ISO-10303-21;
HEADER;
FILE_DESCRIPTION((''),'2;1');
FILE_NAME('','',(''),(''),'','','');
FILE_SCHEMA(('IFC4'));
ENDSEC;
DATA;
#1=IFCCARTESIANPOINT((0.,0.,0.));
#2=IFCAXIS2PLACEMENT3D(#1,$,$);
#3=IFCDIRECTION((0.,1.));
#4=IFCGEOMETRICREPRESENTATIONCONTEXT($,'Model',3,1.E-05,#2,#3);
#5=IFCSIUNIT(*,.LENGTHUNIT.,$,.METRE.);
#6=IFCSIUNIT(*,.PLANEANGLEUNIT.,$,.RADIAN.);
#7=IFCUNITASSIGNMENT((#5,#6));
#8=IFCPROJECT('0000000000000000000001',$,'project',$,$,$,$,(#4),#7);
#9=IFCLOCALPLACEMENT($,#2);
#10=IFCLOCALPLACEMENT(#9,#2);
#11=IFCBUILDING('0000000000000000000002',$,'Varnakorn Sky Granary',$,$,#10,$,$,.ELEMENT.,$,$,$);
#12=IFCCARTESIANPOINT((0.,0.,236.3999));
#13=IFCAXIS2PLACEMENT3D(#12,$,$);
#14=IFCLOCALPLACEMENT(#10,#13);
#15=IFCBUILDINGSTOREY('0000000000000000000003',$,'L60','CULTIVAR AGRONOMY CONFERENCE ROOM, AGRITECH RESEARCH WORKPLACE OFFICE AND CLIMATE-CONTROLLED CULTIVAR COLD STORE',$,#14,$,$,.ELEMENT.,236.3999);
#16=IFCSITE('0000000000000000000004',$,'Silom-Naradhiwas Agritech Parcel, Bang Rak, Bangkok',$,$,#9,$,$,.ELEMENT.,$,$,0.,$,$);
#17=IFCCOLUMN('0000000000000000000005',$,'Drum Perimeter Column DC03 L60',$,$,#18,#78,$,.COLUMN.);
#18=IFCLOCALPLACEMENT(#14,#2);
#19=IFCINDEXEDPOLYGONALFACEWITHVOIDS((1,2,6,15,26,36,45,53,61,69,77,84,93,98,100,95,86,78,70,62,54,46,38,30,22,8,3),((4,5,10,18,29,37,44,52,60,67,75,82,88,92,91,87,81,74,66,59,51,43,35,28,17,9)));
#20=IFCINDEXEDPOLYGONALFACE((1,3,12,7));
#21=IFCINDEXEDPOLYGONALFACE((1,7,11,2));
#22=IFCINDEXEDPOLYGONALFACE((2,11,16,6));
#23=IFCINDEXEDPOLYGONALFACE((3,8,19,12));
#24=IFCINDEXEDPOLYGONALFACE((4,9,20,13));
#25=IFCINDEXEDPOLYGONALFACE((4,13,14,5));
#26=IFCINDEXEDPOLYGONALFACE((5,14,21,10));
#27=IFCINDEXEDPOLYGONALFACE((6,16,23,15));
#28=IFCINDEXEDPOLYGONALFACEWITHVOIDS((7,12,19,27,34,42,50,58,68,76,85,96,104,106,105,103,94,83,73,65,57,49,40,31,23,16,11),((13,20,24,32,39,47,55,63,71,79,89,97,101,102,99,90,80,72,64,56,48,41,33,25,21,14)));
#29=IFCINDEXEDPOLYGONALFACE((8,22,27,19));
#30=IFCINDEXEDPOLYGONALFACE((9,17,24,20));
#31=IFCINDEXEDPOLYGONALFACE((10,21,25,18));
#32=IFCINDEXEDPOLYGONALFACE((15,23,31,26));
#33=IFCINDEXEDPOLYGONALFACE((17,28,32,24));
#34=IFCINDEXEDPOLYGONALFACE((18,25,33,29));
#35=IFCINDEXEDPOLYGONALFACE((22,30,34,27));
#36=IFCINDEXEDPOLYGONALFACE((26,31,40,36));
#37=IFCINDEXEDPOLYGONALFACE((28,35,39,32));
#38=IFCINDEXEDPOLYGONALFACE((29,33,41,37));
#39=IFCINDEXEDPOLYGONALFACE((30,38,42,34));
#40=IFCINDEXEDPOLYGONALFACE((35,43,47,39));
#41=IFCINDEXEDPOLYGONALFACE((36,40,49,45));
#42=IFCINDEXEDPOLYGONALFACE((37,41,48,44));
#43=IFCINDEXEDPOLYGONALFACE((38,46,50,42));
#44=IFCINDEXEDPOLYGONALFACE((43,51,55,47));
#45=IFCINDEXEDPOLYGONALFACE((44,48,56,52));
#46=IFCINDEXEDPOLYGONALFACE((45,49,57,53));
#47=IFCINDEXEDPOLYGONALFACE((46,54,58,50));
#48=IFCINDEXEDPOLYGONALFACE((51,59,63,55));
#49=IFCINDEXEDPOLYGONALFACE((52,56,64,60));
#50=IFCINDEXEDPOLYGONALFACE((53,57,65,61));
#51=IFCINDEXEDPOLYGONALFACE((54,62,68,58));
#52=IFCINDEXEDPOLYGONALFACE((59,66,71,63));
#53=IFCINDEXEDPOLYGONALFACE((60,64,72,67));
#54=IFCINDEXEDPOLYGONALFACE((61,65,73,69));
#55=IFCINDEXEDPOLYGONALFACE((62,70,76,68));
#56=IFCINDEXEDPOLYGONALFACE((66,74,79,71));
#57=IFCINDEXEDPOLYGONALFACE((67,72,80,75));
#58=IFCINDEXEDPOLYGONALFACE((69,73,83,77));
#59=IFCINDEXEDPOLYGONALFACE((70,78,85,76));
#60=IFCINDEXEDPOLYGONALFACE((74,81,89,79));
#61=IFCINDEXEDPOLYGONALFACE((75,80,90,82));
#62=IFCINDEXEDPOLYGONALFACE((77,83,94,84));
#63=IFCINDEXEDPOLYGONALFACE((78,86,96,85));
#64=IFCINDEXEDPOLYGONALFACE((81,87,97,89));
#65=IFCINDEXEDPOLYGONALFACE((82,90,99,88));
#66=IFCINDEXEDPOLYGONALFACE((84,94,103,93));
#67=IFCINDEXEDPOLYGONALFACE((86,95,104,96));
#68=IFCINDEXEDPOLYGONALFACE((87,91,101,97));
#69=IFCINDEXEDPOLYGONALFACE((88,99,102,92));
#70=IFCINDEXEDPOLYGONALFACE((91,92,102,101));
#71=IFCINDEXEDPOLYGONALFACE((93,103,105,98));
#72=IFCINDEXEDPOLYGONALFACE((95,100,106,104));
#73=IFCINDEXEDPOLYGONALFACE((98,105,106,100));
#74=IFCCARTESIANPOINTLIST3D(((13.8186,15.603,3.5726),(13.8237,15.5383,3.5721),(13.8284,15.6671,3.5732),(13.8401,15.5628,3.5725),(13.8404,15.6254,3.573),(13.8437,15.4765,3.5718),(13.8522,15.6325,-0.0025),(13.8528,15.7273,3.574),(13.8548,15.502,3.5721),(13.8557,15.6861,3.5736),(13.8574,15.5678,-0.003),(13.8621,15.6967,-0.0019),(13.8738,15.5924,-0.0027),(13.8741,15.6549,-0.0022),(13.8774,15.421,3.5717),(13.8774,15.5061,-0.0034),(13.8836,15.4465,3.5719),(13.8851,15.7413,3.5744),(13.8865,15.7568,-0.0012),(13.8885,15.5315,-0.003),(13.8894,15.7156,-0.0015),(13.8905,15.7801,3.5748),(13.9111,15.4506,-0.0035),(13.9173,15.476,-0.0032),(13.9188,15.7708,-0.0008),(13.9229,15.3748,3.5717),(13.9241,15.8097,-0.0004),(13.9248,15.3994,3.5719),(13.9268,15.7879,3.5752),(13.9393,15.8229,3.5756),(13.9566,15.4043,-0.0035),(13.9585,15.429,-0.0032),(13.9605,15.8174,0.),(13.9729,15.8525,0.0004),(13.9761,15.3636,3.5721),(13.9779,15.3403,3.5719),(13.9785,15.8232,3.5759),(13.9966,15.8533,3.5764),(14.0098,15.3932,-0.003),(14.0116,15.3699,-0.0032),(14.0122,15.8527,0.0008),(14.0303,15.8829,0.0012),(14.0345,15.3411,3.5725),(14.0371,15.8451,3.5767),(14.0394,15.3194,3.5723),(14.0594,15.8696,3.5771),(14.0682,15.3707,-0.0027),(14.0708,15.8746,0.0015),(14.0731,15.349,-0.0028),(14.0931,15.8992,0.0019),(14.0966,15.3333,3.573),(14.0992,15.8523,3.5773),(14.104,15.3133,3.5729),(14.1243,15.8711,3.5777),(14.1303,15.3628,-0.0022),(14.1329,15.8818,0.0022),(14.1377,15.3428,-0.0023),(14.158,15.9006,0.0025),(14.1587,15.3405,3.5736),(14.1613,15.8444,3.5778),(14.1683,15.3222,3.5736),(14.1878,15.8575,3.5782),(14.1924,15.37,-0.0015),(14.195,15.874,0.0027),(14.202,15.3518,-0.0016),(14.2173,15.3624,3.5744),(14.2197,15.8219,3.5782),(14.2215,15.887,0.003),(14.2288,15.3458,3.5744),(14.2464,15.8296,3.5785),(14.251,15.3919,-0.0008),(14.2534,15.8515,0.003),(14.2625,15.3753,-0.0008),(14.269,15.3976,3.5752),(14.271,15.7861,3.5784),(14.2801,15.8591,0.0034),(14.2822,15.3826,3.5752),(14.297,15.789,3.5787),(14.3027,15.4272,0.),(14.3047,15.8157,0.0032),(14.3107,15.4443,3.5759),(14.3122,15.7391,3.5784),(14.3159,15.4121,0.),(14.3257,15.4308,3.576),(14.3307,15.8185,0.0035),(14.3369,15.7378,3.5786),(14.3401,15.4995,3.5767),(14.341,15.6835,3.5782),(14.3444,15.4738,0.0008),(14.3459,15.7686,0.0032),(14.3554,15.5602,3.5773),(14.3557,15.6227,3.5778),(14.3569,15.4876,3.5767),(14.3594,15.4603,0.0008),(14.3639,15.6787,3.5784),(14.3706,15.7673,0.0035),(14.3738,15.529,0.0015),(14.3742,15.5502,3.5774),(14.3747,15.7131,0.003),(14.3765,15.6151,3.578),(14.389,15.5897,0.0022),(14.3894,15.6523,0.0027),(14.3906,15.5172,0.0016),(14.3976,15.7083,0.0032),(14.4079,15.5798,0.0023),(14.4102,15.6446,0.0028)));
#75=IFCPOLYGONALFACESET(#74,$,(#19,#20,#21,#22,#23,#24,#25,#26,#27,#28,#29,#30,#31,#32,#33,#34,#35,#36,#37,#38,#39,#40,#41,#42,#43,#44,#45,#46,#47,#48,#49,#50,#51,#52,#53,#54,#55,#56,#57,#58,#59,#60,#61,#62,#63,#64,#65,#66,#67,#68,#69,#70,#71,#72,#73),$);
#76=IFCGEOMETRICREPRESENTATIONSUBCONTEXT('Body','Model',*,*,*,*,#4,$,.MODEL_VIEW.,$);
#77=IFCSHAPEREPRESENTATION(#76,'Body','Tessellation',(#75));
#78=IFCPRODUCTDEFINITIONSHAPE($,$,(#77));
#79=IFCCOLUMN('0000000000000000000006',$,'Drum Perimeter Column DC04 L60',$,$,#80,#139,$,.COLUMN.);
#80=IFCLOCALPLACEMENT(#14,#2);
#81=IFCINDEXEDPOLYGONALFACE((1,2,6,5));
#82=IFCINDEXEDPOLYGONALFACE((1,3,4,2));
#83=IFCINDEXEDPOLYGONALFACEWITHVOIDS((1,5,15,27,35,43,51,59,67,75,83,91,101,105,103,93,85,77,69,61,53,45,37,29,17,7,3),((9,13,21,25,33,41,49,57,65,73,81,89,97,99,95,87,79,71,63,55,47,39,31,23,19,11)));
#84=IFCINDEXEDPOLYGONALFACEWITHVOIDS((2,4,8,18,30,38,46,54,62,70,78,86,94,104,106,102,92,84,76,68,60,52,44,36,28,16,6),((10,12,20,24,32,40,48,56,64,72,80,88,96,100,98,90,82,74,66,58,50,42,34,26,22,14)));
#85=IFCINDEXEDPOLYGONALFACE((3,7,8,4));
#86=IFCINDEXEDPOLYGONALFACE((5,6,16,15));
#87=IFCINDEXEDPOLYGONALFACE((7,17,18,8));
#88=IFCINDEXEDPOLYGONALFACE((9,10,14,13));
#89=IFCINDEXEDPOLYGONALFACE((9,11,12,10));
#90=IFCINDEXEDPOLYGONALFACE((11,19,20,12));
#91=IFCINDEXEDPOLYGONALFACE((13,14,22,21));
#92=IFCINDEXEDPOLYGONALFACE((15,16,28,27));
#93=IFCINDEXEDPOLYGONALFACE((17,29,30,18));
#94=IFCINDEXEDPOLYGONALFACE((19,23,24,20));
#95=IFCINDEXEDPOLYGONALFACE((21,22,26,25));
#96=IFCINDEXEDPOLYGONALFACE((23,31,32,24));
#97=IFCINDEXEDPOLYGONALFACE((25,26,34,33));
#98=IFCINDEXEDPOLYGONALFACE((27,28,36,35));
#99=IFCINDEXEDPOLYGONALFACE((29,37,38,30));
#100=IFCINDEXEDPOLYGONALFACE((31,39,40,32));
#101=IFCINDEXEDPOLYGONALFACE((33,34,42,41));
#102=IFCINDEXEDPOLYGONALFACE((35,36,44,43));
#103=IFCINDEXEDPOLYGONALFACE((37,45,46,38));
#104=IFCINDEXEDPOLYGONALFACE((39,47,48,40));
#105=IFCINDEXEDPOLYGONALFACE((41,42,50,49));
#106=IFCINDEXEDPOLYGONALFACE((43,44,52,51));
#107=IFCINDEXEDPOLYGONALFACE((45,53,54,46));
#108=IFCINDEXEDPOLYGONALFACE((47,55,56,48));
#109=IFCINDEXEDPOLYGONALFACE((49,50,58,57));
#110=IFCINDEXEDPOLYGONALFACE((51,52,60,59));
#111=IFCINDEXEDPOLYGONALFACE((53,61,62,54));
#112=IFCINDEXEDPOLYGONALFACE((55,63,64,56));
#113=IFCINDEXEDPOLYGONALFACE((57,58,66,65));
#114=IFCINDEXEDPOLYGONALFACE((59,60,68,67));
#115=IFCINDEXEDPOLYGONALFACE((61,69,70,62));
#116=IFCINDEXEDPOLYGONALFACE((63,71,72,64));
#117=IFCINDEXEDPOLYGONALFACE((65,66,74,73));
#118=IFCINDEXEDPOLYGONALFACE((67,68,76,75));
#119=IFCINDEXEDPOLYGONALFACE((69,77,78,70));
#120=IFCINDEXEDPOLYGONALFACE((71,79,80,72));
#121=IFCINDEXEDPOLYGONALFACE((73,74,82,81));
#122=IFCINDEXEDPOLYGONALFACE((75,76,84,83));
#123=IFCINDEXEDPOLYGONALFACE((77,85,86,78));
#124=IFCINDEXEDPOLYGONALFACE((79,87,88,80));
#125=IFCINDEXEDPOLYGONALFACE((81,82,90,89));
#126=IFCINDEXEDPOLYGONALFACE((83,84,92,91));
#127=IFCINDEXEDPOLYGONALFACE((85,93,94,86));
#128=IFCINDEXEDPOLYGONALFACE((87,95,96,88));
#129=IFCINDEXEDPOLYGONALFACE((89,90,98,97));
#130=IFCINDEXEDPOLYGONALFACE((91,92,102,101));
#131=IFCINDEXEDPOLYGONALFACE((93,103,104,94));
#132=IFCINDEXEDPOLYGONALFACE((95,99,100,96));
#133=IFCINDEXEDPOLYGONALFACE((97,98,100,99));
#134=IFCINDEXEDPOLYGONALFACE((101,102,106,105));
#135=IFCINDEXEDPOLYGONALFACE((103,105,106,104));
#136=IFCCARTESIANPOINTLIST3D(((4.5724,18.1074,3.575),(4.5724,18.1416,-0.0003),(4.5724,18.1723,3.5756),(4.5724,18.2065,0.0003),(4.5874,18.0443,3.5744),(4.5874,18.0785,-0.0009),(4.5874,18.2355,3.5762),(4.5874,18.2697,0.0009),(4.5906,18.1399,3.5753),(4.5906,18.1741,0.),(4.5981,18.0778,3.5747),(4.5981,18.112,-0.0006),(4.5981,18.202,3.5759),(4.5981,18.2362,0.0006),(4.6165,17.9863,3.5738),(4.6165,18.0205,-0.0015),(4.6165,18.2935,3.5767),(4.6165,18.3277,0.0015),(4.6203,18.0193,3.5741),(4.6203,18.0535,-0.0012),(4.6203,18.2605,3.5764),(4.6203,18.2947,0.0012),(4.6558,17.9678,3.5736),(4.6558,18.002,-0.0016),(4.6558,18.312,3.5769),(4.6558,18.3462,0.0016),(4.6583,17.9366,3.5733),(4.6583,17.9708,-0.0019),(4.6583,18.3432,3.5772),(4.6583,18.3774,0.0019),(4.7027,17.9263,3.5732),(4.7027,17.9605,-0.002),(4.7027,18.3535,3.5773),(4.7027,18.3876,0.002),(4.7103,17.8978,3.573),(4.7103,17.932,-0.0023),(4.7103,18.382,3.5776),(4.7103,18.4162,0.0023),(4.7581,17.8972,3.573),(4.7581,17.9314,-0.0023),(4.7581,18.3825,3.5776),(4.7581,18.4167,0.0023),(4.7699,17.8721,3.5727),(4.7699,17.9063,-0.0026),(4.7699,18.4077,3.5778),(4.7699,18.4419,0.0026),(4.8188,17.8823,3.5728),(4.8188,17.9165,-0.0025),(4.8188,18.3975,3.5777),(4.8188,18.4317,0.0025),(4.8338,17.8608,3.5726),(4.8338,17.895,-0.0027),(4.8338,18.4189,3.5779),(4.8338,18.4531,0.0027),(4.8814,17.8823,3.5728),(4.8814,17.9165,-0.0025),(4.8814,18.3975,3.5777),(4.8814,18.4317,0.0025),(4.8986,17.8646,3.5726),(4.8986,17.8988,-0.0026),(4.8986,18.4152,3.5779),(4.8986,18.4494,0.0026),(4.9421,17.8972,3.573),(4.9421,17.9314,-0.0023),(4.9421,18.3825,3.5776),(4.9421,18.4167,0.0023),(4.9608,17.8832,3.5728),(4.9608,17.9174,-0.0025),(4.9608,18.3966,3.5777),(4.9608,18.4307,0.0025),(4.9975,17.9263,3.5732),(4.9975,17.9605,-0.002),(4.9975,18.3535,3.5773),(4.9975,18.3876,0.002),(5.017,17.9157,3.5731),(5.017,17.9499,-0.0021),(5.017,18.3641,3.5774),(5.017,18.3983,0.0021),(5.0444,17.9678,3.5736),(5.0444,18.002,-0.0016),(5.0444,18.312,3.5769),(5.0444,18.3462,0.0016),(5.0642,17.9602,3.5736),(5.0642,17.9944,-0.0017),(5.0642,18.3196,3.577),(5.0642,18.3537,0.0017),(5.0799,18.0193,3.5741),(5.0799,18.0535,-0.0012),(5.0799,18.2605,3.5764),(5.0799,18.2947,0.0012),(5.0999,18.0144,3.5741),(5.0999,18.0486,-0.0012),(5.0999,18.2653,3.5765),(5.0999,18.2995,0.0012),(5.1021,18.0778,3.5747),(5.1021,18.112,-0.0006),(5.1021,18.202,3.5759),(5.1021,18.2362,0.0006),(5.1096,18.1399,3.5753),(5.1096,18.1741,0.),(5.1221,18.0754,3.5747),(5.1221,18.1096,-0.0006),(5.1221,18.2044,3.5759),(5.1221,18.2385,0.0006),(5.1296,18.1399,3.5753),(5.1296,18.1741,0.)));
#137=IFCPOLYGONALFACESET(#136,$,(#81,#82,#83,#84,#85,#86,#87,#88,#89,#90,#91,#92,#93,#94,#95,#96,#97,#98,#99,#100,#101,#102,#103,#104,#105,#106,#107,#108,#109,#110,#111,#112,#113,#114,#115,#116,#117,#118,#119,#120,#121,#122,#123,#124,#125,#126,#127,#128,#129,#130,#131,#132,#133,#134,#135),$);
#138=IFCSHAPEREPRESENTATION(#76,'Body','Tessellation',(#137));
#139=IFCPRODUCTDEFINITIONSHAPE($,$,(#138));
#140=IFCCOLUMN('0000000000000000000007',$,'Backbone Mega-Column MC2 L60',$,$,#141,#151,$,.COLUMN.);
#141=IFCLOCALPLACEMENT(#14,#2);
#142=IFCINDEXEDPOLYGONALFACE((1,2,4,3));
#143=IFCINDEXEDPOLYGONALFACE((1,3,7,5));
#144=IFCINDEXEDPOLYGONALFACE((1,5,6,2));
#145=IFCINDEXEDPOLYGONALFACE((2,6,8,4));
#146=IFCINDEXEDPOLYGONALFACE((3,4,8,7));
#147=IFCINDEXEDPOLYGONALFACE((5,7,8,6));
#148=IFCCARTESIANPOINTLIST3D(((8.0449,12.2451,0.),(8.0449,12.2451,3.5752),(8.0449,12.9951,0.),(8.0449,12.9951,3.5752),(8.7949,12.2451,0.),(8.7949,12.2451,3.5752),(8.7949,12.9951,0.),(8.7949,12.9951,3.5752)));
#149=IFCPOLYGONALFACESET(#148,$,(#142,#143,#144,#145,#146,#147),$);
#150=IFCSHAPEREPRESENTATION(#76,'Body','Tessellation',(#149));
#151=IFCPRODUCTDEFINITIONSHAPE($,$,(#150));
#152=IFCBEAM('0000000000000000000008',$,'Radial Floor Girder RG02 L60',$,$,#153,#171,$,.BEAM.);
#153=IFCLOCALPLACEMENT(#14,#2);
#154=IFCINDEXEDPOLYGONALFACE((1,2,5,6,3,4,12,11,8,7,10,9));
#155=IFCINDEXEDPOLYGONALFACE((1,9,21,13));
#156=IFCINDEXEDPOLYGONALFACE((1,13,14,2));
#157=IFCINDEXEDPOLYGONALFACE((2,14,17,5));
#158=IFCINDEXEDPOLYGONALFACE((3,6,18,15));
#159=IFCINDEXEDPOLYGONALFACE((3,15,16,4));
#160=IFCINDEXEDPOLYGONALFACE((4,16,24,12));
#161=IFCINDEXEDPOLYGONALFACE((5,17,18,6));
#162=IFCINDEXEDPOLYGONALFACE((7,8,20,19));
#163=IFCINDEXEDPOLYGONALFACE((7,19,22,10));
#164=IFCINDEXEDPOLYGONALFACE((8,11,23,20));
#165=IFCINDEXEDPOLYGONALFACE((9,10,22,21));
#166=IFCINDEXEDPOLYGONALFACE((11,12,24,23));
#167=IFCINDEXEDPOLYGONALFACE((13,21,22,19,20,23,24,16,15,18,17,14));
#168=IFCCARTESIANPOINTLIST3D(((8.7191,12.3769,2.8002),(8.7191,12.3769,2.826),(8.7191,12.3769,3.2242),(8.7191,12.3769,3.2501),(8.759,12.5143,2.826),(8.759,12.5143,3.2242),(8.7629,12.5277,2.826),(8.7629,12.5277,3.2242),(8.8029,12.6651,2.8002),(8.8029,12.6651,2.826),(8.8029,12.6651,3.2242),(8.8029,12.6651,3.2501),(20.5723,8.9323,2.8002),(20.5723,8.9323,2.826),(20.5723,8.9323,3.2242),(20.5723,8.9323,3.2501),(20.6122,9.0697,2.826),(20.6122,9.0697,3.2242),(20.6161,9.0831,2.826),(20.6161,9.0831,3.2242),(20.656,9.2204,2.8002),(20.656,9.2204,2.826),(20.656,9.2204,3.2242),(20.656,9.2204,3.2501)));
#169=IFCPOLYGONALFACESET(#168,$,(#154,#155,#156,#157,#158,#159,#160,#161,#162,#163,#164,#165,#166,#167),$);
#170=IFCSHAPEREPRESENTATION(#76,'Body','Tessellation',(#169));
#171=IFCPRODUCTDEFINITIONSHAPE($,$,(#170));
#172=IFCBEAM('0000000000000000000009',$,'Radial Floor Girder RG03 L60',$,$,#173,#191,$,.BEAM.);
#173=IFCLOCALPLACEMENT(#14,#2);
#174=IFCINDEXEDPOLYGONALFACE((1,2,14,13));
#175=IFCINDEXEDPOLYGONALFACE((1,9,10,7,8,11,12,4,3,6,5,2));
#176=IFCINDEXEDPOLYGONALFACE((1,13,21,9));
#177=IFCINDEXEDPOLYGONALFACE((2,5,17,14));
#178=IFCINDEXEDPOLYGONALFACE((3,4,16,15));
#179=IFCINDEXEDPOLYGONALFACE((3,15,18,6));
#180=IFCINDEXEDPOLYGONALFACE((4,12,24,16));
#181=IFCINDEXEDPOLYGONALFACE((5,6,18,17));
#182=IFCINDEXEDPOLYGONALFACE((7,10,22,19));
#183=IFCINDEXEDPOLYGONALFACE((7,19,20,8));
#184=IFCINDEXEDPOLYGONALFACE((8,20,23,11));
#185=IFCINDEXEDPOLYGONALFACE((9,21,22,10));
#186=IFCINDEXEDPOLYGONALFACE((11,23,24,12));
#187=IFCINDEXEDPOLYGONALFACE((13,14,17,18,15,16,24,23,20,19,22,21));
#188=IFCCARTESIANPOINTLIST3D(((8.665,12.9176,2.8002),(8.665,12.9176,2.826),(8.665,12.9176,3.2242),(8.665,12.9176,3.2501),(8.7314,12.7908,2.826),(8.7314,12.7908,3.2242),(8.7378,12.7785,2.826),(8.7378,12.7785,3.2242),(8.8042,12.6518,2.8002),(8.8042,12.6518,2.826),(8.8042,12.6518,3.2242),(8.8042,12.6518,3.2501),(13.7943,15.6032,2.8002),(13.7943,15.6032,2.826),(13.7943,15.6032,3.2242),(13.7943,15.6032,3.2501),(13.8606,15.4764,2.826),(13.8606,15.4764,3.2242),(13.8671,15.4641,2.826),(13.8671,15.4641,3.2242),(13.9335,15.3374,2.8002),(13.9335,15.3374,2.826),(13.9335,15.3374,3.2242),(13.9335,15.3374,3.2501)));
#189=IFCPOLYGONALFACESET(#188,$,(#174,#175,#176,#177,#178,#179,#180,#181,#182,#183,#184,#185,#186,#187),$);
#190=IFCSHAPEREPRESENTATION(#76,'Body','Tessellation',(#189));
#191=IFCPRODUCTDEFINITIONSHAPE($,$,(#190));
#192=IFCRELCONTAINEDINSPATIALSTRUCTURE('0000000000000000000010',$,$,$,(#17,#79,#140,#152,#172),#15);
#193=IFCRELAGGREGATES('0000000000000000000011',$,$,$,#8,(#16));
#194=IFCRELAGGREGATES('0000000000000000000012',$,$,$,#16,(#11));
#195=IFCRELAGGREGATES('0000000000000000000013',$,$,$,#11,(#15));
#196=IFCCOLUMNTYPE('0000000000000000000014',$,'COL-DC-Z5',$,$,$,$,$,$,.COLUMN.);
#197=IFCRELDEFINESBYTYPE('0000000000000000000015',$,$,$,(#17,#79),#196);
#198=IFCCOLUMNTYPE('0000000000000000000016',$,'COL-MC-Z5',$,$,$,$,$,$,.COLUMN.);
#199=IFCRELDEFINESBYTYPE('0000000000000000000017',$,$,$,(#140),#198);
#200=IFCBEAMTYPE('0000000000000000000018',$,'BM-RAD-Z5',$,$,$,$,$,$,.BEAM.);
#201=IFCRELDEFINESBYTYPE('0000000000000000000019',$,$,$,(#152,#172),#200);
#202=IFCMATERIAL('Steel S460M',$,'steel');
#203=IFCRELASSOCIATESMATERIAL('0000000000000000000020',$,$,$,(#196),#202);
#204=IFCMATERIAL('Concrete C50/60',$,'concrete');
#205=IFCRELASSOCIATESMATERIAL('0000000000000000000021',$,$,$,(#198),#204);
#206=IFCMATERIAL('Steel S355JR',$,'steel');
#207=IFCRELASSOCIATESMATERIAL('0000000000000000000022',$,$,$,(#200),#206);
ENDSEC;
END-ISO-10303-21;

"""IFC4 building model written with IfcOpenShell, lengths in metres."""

from ifc_helpers import new_model, si_unit, direction, frame, origin, origin_2d, place, context, subcontext, project, spatial, rectangle, hollow_circle, i_section, extrude, material, material_profile, profile_set, type_object, element, save


model = new_model("IFC4")

# Units and contexts
model_context = context("Model", 3, precision=1e-05, world=origin(), true_north=direction((0.0, 1.0)))
body_context = subcontext(model_context, "Body", "Model", "MODEL_VIEW")
ifc_project = project(units=[si_unit("LENGTHUNIT", "METRE"), si_unit("PLANEANGLEUNIT", "RADIAN")], contexts=[model_context])

# Site, building, storey
site_placement = place(None, origin())
site = spatial("IfcSite", under=ifc_project, at=site_placement, Name="Silom-Naradhiwas Agritech Parcel, Bang Rak, Bangkok", CompositionType="ELEMENT", RefElevation=0.0)
building_placement = place(site_placement, origin())
building = spatial("IfcBuilding", under=site, at=building_placement, Name="Varnakorn Sky Granary", CompositionType="ELEMENT")
storey_placement = place(building_placement, frame((0.0, 0.0, 236.3999)))
storey = spatial("IfcBuildingStorey", under=building, at=storey_placement, Name="L60", Description="CULTIVAR AGRONOMY CONFERENCE ROOM, AGRITECH RESEARCH WORKPLACE OFFICE AND CLIMATE-CONTROLLED CULTIVAR COLD STORE", CompositionType="ELEMENT", Elevation=236.3999)

# Columns
ifc_material_1 = material(Name="Steel S460M", Category="steel")
ifc_material_profile_1 = material_profile(ifc_material_1, hollow_circle(Radius=0.2795, WallThickness=0.02, at=origin_2d()), Name="CHS 559x20")
ifc_profile_set_1 = profile_set([ifc_material_profile_1], Name="Steel S460M")
column_type_1 = type_object("IfcColumnType", Name="COL-DC-Z5", PredefinedType="COLUMN", material=ifc_profile_set_1)
for number, where, z_axis, x_axis, name in (
    (1, (14.1316, 15.6223, 0.0), (-0.009423, -0.008262, 0.999921), (0.659276, -0.751901, 0.0), "Drum Perimeter Column DC03 L60"),
    (2, (4.8501, 18.1741, 0.0), (0.0, -0.00956, 0.999954), (1.0, 0.0, 0.0), "Drum Perimeter Column DC04 L60"),
):
    element("IfcColumn", number, at=place(storey_placement, frame(where, z_axis=z_axis, x_axis=x_axis)), inside=storey, type_object=column_type_1, Name=name, PredefinedType="COLUMN", context=body_context, shape_type="SweptSolid", body=[
        extrude(hollow_circle(Radius=0.2795, WallThickness=0.02, at=origin_2d()), origin(), (0.0, 0.0, 1.0), 3.5754),
    ])
ifc_material_2 = material(Name="Concrete C50/60", Category="concrete")
ifc_material_profile_2 = material_profile(ifc_material_2, rectangle(XDim=0.75, YDim=0.75, at=origin_2d()), Name="RC 750x750")
ifc_profile_set_2 = profile_set([ifc_material_profile_2], Name="Concrete C50/60")
column_type_2 = type_object("IfcColumnType", Name="COL-MC-Z5", PredefinedType="COLUMN", material=ifc_profile_set_2)
column_placement = place(storey_placement, frame((8.4199, 12.6201, 0.0), z_axis=(0.0, 0.0, 1.0), x_axis=(1.0, 0.0, 0.0)))
element("IfcColumn", 3, at=column_placement, inside=storey, type_object=column_type_2, Name="Backbone Mega-Column MC2 L60", PredefinedType="COLUMN", context=body_context, shape_type="SweptSolid", body=[
    extrude(rectangle(XDim=0.75, YDim=0.75, at=origin_2d()), origin(), (0.0, 0.0, 1.0), 3.5752),
])

# Beams
ifc_material_3 = material(Name="Steel S355JR", Category="steel")
ifc_material_profile_3 = material_profile(ifc_material_3, i_section(OverallWidth=0.3, OverallDepth=0.45, WebThickness=0.0139, FlangeThickness=0.0259, at=origin_2d()), Name="HE 450 B")
ifc_profile_set_3 = profile_set([ifc_material_profile_3], Name="Steel S355JR")
beam_type_1 = type_object("IfcBeamType", Name="BM-RAD-Z5", PredefinedType="BEAM", material=ifc_profile_set_3)
beam_1_placement = place(storey_placement, frame((8.761, 12.521, 3.0251), z_axis=(0.960273, -0.279063, 0.0), x_axis=(0.279063, 0.960273, 0.0)))
element("IfcBeam", 4, at=beam_1_placement, inside=storey, type_object=beam_type_1, Name="Radial Floor Girder RG02 L60", PredefinedType="BEAM", context=body_context, shape_type="SweptSolid", body=[
    extrude(i_section(OverallWidth=0.3, OverallDepth=0.45, WebThickness=0.0139, FlangeThickness=0.0259, at=origin_2d()), origin(), (0.0, 0.0, 1.0), 12.3435),
])
beam_2_placement = place(storey_placement, frame((8.7346, 12.7847, 3.0251), z_axis=(0.885913, 0.463851, 0.0), x_axis=(-0.463851, 0.885913, 0.0)))
element("IfcBeam", 5, at=beam_2_placement, inside=storey, type_object=beam_type_1, Name="Radial Floor Girder RG03 L60", PredefinedType="BEAM", context=body_context, shape_type="SweptSolid", body=[
    extrude(i_section(OverallWidth=0.3, OverallDepth=0.45, WebThickness=0.0139, FlangeThickness=0.0259, at=origin_2d()), origin(), (0.0, 0.0, 1.0), 5.7898),
])

save(model, "model.ifc")
